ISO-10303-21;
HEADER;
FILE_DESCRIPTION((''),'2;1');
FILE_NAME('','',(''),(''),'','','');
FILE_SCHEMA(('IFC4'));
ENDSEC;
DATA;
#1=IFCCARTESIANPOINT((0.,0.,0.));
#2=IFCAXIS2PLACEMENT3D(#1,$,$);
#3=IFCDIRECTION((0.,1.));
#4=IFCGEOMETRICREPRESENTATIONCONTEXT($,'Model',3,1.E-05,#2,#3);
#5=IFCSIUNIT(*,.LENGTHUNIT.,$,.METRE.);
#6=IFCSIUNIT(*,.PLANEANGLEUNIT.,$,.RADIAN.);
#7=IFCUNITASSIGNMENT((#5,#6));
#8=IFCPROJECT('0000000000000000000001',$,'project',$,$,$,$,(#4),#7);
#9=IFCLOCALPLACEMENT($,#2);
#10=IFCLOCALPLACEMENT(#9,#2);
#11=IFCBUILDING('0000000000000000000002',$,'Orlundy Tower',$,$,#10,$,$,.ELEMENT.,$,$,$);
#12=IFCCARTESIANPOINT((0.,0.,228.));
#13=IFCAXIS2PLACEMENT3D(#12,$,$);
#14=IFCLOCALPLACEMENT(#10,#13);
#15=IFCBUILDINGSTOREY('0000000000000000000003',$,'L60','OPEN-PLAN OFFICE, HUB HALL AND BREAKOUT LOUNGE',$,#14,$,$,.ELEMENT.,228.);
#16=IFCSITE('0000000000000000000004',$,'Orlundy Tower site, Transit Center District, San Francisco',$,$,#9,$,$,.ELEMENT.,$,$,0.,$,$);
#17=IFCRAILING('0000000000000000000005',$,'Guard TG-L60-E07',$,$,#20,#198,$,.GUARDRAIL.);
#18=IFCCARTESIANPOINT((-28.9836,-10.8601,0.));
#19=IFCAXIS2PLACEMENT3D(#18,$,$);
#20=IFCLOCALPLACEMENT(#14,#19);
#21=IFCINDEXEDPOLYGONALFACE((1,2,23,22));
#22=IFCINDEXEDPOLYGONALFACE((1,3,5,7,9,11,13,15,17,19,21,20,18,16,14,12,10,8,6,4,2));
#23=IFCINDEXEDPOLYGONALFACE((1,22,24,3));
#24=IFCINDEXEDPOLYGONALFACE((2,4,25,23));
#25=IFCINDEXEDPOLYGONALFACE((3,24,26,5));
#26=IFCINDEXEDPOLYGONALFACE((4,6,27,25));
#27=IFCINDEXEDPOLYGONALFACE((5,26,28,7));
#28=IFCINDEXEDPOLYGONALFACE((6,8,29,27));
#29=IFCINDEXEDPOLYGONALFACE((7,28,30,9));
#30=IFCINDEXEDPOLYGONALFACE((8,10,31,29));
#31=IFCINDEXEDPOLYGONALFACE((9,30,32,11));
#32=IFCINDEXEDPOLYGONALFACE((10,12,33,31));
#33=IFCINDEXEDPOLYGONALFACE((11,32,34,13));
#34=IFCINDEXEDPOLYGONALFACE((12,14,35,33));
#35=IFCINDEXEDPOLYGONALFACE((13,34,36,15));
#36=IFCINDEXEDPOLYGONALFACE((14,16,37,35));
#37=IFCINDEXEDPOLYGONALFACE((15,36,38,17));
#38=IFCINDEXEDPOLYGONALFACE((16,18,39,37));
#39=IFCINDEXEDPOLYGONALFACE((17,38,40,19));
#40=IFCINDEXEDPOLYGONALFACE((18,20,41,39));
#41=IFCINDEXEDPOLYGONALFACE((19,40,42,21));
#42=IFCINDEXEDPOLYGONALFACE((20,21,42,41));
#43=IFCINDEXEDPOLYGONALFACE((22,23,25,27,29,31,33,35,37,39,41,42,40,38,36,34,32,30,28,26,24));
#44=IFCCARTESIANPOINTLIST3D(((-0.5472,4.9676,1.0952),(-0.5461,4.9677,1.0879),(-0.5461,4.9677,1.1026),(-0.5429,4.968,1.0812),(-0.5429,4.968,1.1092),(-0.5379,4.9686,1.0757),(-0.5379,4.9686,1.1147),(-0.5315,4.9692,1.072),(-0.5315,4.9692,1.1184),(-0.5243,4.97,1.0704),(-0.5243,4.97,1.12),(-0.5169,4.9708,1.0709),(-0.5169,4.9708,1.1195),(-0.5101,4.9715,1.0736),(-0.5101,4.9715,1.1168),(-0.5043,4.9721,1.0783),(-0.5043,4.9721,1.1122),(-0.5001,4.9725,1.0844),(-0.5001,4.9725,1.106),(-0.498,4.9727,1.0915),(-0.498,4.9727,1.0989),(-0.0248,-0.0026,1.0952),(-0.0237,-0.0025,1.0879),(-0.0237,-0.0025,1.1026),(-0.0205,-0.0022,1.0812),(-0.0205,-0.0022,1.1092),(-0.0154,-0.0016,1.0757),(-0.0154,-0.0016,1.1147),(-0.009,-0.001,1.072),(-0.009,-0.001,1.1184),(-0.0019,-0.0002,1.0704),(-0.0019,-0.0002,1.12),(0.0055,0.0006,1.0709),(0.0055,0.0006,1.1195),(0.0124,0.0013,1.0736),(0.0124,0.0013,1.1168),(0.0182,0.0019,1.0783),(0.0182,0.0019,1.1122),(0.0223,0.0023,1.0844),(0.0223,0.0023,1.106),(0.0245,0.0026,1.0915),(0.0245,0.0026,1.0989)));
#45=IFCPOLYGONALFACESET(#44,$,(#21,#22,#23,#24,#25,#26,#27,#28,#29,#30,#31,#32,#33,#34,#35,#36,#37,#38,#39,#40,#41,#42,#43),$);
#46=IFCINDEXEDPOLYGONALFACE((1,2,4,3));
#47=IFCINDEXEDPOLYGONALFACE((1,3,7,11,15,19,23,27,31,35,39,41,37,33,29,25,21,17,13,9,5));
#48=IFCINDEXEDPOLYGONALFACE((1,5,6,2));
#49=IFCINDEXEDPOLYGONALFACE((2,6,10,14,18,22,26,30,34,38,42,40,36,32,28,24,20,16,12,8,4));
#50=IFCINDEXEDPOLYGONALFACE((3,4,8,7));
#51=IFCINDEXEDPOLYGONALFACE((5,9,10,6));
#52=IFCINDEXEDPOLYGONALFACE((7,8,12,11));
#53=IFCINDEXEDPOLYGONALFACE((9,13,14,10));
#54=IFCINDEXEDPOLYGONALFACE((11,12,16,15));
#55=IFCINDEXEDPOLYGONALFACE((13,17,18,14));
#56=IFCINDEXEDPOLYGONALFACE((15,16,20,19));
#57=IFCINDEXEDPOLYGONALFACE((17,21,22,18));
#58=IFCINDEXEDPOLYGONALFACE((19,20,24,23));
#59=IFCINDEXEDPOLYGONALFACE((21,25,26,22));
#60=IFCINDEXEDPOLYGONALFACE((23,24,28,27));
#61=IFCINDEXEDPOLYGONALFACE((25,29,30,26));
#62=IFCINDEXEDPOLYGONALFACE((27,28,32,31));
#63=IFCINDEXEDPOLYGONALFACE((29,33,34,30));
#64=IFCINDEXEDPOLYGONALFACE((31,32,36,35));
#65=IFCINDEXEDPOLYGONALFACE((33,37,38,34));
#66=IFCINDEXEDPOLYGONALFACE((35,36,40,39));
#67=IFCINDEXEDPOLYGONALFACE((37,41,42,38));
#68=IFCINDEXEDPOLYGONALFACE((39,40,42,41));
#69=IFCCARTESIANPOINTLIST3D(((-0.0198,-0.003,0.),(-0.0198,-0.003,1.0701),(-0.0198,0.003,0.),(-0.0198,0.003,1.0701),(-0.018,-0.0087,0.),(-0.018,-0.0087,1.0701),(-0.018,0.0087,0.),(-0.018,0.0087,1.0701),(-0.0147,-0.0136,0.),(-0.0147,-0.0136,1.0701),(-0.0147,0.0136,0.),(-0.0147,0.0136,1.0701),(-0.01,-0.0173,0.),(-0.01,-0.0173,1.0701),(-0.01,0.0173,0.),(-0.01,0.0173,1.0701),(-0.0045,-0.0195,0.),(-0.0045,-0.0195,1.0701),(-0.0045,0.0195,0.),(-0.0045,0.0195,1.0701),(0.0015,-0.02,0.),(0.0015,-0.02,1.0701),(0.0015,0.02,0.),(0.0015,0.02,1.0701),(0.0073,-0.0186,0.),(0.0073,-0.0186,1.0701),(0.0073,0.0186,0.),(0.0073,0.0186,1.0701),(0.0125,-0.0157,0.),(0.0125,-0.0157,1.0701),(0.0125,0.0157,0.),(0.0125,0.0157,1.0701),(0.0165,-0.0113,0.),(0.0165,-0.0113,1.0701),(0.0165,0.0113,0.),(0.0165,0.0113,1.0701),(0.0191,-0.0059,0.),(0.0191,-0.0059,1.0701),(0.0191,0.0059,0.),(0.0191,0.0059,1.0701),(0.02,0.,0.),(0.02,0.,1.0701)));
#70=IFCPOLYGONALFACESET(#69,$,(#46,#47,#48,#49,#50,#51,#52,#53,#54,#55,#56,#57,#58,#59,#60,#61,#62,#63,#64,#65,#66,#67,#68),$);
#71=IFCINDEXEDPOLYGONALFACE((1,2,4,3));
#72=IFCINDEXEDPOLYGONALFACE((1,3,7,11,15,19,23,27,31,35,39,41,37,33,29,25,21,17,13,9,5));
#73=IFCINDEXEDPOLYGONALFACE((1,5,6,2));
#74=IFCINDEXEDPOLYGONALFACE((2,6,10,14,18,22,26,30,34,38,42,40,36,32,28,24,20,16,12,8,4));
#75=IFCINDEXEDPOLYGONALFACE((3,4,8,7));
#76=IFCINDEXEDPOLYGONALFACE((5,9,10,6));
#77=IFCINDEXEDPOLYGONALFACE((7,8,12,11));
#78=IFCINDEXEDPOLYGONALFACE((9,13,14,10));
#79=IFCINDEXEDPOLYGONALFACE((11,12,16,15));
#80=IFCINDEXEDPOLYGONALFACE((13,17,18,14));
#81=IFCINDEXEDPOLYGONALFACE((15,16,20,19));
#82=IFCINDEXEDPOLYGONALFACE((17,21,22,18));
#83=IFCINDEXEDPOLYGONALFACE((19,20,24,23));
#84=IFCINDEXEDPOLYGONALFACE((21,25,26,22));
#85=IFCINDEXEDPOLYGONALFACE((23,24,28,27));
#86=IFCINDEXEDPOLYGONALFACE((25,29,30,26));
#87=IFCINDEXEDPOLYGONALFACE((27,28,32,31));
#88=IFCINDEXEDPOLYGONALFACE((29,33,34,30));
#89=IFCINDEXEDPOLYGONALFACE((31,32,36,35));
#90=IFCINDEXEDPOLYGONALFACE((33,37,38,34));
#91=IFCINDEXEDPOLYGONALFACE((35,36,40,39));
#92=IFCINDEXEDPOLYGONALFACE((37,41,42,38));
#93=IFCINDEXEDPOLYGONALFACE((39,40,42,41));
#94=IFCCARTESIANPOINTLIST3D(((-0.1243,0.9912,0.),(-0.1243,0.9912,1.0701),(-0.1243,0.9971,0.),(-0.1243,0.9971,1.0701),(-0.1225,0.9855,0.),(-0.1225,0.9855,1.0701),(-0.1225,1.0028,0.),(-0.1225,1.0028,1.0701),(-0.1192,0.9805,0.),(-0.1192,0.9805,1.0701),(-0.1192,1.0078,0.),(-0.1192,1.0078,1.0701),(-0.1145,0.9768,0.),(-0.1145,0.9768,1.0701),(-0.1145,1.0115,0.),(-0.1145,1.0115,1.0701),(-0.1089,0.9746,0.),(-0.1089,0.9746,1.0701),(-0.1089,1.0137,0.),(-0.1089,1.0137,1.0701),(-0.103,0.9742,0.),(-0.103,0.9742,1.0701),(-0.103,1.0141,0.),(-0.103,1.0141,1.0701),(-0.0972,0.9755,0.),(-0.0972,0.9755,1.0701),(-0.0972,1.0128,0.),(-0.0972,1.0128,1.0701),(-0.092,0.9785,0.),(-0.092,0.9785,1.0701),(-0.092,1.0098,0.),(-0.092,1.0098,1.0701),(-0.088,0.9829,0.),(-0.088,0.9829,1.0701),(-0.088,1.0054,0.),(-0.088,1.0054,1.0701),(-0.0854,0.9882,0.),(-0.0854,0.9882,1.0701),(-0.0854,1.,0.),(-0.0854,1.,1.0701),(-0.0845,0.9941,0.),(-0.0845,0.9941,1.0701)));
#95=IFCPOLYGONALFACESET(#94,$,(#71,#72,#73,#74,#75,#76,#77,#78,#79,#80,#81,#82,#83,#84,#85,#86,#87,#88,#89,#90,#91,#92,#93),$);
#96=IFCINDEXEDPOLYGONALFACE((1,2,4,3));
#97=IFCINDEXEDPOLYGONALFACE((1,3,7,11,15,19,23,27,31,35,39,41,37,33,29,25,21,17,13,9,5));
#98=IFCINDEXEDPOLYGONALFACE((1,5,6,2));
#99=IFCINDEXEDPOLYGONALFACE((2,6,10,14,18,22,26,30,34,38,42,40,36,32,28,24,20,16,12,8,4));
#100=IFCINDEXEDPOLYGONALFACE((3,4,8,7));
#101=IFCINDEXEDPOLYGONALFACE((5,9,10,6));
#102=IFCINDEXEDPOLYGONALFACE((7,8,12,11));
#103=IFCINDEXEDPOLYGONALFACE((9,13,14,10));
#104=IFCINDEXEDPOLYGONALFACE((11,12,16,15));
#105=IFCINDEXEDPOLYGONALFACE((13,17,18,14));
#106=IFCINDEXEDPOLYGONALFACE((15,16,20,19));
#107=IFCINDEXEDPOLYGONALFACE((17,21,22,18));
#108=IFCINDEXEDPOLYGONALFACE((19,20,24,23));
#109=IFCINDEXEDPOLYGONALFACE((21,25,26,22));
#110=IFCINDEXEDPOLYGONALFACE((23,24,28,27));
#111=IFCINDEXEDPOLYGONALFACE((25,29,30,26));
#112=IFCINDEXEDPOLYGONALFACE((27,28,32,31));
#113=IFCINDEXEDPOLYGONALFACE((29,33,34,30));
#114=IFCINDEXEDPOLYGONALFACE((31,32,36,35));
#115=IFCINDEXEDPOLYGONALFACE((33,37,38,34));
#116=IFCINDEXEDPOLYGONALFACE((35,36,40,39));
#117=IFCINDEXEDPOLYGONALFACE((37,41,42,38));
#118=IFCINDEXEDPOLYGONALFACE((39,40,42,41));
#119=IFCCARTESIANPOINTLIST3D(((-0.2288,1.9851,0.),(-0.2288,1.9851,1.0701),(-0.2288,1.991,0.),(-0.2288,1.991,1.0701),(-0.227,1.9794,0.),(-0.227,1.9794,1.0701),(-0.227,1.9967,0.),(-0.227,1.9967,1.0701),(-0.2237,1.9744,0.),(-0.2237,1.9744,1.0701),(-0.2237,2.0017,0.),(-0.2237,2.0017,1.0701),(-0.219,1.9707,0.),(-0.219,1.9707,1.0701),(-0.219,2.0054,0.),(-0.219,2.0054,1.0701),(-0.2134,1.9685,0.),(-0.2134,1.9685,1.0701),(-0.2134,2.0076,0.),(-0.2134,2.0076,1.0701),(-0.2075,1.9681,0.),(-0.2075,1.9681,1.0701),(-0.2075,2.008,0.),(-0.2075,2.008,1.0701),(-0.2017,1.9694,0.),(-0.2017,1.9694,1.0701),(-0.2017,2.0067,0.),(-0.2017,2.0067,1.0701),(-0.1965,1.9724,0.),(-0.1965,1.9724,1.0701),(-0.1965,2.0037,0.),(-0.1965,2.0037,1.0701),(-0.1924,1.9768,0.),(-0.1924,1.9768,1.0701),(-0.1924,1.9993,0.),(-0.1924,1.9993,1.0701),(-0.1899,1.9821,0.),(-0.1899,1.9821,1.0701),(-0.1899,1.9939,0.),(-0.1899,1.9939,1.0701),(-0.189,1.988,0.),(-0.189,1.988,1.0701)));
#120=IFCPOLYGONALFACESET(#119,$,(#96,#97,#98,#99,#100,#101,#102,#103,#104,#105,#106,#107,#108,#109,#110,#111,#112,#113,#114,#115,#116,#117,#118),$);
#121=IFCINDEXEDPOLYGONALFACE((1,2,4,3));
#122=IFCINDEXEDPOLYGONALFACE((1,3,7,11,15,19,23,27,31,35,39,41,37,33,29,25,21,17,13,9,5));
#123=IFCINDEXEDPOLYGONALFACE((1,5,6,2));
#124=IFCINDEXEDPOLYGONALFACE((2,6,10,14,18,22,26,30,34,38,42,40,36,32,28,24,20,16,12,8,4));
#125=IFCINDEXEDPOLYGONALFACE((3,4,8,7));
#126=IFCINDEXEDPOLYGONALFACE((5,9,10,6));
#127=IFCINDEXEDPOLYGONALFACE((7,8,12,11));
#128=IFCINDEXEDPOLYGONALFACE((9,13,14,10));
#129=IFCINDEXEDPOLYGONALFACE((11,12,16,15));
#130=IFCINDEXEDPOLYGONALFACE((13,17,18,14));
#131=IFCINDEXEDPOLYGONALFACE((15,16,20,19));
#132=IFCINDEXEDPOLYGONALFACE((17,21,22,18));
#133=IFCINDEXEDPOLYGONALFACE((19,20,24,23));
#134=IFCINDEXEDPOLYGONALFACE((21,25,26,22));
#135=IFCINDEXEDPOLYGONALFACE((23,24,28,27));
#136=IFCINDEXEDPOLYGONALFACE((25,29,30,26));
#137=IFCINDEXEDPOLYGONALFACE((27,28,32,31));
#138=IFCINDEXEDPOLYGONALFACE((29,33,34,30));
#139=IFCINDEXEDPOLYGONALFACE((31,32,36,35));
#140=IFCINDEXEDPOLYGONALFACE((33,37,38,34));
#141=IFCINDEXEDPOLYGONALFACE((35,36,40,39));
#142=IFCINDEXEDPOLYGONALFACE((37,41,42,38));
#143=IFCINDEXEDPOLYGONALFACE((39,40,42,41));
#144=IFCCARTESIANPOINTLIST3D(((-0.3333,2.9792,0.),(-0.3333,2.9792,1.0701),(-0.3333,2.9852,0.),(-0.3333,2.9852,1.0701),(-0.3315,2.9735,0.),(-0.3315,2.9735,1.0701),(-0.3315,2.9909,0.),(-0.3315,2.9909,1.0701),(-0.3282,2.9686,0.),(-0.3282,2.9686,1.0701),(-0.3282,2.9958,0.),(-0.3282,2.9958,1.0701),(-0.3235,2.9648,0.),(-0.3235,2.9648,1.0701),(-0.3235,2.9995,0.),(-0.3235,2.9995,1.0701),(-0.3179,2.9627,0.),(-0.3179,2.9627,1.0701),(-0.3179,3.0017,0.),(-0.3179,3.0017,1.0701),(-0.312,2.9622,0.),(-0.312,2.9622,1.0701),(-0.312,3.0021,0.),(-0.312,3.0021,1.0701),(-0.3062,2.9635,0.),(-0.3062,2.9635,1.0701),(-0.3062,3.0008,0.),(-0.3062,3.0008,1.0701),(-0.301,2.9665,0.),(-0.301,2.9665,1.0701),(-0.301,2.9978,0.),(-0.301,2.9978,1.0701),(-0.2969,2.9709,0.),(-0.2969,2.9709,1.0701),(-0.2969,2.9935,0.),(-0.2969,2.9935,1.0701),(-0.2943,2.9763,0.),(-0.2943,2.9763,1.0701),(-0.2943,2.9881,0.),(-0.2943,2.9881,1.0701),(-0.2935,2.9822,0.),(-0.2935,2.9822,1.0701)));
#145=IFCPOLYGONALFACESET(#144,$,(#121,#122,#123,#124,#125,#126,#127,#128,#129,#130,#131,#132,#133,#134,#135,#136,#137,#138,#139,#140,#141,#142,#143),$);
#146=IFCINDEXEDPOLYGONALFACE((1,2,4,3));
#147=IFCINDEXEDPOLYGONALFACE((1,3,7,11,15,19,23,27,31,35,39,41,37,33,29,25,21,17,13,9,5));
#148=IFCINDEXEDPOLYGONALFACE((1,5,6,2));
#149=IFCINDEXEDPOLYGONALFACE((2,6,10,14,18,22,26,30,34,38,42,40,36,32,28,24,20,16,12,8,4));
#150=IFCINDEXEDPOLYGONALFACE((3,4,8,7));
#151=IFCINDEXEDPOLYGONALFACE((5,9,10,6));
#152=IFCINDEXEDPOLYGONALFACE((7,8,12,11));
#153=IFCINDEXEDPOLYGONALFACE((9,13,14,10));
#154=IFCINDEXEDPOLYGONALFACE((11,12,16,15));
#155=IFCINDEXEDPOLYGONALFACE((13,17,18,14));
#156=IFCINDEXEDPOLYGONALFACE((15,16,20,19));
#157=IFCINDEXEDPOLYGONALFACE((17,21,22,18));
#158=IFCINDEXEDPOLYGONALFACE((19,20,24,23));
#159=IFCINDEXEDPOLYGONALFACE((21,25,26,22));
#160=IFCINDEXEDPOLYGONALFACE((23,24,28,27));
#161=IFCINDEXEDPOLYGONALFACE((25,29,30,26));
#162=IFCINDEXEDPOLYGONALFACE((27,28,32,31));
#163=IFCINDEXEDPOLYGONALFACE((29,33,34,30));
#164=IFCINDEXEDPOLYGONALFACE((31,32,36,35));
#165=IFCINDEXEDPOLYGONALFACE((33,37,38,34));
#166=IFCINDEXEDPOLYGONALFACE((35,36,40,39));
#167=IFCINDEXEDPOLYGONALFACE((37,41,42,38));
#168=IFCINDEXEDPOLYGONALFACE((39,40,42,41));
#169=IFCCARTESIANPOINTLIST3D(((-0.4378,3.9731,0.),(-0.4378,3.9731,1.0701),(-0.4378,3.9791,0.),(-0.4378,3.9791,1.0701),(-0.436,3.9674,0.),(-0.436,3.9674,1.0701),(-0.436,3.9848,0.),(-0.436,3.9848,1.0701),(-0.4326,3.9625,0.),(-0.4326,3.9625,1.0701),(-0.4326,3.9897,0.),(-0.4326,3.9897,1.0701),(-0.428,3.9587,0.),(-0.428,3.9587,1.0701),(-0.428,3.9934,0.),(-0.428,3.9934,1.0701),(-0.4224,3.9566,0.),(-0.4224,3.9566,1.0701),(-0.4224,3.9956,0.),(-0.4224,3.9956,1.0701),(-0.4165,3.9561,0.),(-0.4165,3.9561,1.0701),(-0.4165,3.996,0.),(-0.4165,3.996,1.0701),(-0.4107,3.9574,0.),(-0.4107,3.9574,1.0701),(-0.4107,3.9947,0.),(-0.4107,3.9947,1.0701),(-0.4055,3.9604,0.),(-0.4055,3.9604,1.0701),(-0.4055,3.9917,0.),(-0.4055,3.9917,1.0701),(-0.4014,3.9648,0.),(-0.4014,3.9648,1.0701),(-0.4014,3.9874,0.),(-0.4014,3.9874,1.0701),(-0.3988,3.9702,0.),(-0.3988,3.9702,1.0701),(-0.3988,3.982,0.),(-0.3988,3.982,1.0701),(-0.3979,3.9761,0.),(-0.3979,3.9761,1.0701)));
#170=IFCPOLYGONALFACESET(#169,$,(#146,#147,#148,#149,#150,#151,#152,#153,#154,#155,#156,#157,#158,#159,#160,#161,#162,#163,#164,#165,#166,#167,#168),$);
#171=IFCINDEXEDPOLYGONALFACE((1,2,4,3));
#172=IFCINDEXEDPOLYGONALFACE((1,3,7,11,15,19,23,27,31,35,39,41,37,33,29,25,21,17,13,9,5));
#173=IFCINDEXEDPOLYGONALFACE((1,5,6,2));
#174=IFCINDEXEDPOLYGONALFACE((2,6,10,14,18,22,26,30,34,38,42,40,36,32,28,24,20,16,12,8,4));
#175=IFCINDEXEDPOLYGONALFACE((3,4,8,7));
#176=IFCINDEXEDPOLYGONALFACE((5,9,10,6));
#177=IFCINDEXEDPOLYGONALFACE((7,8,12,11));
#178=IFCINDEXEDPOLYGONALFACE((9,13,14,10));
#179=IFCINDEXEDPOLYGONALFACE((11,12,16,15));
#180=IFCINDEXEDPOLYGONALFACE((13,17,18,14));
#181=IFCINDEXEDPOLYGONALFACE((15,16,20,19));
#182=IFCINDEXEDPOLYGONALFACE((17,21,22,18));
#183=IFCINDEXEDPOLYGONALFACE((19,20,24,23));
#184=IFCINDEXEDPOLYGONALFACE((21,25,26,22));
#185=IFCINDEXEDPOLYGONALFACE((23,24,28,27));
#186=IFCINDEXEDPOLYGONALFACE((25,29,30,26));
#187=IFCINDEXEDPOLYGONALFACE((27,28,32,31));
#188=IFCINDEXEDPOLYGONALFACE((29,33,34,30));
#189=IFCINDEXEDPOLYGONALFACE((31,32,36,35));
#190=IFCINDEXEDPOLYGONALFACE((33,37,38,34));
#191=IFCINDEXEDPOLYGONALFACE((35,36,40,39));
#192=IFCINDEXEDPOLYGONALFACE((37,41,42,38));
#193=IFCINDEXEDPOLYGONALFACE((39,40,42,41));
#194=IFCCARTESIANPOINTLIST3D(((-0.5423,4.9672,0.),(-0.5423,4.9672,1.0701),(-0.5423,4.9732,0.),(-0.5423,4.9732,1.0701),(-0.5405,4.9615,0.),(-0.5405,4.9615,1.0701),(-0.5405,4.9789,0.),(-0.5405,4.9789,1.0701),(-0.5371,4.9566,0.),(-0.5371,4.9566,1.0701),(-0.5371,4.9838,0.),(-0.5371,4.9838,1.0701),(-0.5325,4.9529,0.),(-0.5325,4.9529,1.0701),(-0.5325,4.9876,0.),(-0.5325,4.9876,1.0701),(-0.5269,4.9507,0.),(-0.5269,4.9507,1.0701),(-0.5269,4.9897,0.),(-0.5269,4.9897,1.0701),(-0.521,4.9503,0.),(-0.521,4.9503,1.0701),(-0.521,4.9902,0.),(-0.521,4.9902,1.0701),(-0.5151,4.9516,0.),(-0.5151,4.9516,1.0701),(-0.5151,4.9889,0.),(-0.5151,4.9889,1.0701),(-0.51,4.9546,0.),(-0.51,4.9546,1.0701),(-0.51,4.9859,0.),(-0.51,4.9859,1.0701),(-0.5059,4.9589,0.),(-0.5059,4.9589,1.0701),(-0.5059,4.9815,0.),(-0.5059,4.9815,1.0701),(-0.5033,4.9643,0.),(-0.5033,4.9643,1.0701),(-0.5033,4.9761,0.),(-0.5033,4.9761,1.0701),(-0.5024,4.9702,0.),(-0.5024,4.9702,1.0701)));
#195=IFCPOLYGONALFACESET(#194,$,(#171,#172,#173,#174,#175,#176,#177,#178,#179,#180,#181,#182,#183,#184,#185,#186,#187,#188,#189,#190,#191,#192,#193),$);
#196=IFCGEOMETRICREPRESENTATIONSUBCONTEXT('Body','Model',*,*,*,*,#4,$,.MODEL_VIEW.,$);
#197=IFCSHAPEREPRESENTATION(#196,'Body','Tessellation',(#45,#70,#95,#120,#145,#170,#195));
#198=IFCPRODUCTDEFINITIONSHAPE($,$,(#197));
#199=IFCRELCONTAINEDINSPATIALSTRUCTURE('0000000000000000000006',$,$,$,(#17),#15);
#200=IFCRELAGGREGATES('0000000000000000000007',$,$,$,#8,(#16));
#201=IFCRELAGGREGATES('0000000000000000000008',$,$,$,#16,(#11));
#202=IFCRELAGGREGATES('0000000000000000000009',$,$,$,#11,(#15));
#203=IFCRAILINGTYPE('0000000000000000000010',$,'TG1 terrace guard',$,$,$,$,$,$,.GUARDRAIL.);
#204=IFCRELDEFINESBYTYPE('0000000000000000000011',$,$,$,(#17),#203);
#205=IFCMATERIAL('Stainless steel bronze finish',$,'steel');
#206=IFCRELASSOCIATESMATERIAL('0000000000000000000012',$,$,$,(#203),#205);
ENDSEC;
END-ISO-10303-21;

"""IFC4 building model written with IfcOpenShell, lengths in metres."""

from ifc_helpers import new_model, si_unit, direction, frame, origin, origin_2d, place, context, subcontext, project, spatial, circle, extrude, material, type_object, element, save


model = new_model("IFC4")

# Units and contexts
model_context = context("Model", 3, precision=1e-05, world=origin(), true_north=direction((0.0, 1.0)))
body_context = subcontext(model_context, "Body", "Model", "MODEL_VIEW")
ifc_project = project(units=[si_unit("LENGTHUNIT", "METRE"), si_unit("PLANEANGLEUNIT", "RADIAN")], contexts=[model_context])

# Site, building, storey
site_placement = place(None, origin())
site = spatial("IfcSite", under=ifc_project, at=site_placement, Name="Orlundy Tower site, Transit Center District, San Francisco", CompositionType="ELEMENT", RefElevation=0.0)
building_placement = place(site_placement, origin())
building = spatial("IfcBuilding", under=site, at=building_placement, Name="Orlundy Tower", CompositionType="ELEMENT")
storey_placement = place(building_placement, frame((0.0, 0.0, 228.0)))
storey = spatial("IfcBuildingStorey", under=building, at=storey_placement, Name="L60", Description="OPEN-PLAN OFFICE, HUB HALL AND BREAKOUT LOUNGE", CompositionType="ELEMENT", Elevation=228.0)

# Railing
ifc_material_1 = material(Name="Stainless steel bronze finish", Category="steel")
railing_type = type_object("IfcRailingType", Name="TG1 terrace guard", PredefinedType="GUARDRAIL", material=ifc_material_1)
railing_1_placement = place(storey_placement, frame((-28.9836, -10.8601, 0.0)))
element("IfcRailing", 1, at=railing_1_placement, inside=storey, type_object=railing_type, Name="Guard TG-L60-E07", PredefinedType="GUARDRAIL", context=body_context, shape_type="SweptSolid", body=[
    extrude(circle(Radius=0.0249, at=origin_2d()), frame((0.0, 0.0, 1.0952), z_axis=(-0.104542, 0.99452, 0.0), x_axis=(-0.99452, -0.104542, 0.0)), (0.0, 0.0, 1.0), 4.9976),
    extrude(circle(Radius=0.02, at=origin_2d()), origin(), (0.0, 0.0, 1.0), 1.0701),
    extrude(circle(Radius=0.02, at=origin_2d()), frame((-0.1045, 0.9941, 0.0)), (0.0, 0.0, 1.0), 1.0701),
    extrude(circle(Radius=0.02, at=origin_2d()), frame((-0.209, 1.988, 0.0)), (0.0, 0.0, 1.0), 1.0701),
    extrude(circle(Radius=0.02, at=origin_2d()), frame((-0.3135, 2.9822, 0.0)), (0.0, 0.0, 1.0), 1.0701),
    extrude(circle(Radius=0.02, at=origin_2d()), frame((-0.418, 3.9761, 0.0)), (0.0, 0.0, 1.0), 1.0701),
    extrude(circle(Radius=0.02, at=origin_2d()), frame((-0.5225, 4.9702, 0.0)), (0.0, 0.0, 1.0), 1.0701),
])

save(model, "model.ifc")
